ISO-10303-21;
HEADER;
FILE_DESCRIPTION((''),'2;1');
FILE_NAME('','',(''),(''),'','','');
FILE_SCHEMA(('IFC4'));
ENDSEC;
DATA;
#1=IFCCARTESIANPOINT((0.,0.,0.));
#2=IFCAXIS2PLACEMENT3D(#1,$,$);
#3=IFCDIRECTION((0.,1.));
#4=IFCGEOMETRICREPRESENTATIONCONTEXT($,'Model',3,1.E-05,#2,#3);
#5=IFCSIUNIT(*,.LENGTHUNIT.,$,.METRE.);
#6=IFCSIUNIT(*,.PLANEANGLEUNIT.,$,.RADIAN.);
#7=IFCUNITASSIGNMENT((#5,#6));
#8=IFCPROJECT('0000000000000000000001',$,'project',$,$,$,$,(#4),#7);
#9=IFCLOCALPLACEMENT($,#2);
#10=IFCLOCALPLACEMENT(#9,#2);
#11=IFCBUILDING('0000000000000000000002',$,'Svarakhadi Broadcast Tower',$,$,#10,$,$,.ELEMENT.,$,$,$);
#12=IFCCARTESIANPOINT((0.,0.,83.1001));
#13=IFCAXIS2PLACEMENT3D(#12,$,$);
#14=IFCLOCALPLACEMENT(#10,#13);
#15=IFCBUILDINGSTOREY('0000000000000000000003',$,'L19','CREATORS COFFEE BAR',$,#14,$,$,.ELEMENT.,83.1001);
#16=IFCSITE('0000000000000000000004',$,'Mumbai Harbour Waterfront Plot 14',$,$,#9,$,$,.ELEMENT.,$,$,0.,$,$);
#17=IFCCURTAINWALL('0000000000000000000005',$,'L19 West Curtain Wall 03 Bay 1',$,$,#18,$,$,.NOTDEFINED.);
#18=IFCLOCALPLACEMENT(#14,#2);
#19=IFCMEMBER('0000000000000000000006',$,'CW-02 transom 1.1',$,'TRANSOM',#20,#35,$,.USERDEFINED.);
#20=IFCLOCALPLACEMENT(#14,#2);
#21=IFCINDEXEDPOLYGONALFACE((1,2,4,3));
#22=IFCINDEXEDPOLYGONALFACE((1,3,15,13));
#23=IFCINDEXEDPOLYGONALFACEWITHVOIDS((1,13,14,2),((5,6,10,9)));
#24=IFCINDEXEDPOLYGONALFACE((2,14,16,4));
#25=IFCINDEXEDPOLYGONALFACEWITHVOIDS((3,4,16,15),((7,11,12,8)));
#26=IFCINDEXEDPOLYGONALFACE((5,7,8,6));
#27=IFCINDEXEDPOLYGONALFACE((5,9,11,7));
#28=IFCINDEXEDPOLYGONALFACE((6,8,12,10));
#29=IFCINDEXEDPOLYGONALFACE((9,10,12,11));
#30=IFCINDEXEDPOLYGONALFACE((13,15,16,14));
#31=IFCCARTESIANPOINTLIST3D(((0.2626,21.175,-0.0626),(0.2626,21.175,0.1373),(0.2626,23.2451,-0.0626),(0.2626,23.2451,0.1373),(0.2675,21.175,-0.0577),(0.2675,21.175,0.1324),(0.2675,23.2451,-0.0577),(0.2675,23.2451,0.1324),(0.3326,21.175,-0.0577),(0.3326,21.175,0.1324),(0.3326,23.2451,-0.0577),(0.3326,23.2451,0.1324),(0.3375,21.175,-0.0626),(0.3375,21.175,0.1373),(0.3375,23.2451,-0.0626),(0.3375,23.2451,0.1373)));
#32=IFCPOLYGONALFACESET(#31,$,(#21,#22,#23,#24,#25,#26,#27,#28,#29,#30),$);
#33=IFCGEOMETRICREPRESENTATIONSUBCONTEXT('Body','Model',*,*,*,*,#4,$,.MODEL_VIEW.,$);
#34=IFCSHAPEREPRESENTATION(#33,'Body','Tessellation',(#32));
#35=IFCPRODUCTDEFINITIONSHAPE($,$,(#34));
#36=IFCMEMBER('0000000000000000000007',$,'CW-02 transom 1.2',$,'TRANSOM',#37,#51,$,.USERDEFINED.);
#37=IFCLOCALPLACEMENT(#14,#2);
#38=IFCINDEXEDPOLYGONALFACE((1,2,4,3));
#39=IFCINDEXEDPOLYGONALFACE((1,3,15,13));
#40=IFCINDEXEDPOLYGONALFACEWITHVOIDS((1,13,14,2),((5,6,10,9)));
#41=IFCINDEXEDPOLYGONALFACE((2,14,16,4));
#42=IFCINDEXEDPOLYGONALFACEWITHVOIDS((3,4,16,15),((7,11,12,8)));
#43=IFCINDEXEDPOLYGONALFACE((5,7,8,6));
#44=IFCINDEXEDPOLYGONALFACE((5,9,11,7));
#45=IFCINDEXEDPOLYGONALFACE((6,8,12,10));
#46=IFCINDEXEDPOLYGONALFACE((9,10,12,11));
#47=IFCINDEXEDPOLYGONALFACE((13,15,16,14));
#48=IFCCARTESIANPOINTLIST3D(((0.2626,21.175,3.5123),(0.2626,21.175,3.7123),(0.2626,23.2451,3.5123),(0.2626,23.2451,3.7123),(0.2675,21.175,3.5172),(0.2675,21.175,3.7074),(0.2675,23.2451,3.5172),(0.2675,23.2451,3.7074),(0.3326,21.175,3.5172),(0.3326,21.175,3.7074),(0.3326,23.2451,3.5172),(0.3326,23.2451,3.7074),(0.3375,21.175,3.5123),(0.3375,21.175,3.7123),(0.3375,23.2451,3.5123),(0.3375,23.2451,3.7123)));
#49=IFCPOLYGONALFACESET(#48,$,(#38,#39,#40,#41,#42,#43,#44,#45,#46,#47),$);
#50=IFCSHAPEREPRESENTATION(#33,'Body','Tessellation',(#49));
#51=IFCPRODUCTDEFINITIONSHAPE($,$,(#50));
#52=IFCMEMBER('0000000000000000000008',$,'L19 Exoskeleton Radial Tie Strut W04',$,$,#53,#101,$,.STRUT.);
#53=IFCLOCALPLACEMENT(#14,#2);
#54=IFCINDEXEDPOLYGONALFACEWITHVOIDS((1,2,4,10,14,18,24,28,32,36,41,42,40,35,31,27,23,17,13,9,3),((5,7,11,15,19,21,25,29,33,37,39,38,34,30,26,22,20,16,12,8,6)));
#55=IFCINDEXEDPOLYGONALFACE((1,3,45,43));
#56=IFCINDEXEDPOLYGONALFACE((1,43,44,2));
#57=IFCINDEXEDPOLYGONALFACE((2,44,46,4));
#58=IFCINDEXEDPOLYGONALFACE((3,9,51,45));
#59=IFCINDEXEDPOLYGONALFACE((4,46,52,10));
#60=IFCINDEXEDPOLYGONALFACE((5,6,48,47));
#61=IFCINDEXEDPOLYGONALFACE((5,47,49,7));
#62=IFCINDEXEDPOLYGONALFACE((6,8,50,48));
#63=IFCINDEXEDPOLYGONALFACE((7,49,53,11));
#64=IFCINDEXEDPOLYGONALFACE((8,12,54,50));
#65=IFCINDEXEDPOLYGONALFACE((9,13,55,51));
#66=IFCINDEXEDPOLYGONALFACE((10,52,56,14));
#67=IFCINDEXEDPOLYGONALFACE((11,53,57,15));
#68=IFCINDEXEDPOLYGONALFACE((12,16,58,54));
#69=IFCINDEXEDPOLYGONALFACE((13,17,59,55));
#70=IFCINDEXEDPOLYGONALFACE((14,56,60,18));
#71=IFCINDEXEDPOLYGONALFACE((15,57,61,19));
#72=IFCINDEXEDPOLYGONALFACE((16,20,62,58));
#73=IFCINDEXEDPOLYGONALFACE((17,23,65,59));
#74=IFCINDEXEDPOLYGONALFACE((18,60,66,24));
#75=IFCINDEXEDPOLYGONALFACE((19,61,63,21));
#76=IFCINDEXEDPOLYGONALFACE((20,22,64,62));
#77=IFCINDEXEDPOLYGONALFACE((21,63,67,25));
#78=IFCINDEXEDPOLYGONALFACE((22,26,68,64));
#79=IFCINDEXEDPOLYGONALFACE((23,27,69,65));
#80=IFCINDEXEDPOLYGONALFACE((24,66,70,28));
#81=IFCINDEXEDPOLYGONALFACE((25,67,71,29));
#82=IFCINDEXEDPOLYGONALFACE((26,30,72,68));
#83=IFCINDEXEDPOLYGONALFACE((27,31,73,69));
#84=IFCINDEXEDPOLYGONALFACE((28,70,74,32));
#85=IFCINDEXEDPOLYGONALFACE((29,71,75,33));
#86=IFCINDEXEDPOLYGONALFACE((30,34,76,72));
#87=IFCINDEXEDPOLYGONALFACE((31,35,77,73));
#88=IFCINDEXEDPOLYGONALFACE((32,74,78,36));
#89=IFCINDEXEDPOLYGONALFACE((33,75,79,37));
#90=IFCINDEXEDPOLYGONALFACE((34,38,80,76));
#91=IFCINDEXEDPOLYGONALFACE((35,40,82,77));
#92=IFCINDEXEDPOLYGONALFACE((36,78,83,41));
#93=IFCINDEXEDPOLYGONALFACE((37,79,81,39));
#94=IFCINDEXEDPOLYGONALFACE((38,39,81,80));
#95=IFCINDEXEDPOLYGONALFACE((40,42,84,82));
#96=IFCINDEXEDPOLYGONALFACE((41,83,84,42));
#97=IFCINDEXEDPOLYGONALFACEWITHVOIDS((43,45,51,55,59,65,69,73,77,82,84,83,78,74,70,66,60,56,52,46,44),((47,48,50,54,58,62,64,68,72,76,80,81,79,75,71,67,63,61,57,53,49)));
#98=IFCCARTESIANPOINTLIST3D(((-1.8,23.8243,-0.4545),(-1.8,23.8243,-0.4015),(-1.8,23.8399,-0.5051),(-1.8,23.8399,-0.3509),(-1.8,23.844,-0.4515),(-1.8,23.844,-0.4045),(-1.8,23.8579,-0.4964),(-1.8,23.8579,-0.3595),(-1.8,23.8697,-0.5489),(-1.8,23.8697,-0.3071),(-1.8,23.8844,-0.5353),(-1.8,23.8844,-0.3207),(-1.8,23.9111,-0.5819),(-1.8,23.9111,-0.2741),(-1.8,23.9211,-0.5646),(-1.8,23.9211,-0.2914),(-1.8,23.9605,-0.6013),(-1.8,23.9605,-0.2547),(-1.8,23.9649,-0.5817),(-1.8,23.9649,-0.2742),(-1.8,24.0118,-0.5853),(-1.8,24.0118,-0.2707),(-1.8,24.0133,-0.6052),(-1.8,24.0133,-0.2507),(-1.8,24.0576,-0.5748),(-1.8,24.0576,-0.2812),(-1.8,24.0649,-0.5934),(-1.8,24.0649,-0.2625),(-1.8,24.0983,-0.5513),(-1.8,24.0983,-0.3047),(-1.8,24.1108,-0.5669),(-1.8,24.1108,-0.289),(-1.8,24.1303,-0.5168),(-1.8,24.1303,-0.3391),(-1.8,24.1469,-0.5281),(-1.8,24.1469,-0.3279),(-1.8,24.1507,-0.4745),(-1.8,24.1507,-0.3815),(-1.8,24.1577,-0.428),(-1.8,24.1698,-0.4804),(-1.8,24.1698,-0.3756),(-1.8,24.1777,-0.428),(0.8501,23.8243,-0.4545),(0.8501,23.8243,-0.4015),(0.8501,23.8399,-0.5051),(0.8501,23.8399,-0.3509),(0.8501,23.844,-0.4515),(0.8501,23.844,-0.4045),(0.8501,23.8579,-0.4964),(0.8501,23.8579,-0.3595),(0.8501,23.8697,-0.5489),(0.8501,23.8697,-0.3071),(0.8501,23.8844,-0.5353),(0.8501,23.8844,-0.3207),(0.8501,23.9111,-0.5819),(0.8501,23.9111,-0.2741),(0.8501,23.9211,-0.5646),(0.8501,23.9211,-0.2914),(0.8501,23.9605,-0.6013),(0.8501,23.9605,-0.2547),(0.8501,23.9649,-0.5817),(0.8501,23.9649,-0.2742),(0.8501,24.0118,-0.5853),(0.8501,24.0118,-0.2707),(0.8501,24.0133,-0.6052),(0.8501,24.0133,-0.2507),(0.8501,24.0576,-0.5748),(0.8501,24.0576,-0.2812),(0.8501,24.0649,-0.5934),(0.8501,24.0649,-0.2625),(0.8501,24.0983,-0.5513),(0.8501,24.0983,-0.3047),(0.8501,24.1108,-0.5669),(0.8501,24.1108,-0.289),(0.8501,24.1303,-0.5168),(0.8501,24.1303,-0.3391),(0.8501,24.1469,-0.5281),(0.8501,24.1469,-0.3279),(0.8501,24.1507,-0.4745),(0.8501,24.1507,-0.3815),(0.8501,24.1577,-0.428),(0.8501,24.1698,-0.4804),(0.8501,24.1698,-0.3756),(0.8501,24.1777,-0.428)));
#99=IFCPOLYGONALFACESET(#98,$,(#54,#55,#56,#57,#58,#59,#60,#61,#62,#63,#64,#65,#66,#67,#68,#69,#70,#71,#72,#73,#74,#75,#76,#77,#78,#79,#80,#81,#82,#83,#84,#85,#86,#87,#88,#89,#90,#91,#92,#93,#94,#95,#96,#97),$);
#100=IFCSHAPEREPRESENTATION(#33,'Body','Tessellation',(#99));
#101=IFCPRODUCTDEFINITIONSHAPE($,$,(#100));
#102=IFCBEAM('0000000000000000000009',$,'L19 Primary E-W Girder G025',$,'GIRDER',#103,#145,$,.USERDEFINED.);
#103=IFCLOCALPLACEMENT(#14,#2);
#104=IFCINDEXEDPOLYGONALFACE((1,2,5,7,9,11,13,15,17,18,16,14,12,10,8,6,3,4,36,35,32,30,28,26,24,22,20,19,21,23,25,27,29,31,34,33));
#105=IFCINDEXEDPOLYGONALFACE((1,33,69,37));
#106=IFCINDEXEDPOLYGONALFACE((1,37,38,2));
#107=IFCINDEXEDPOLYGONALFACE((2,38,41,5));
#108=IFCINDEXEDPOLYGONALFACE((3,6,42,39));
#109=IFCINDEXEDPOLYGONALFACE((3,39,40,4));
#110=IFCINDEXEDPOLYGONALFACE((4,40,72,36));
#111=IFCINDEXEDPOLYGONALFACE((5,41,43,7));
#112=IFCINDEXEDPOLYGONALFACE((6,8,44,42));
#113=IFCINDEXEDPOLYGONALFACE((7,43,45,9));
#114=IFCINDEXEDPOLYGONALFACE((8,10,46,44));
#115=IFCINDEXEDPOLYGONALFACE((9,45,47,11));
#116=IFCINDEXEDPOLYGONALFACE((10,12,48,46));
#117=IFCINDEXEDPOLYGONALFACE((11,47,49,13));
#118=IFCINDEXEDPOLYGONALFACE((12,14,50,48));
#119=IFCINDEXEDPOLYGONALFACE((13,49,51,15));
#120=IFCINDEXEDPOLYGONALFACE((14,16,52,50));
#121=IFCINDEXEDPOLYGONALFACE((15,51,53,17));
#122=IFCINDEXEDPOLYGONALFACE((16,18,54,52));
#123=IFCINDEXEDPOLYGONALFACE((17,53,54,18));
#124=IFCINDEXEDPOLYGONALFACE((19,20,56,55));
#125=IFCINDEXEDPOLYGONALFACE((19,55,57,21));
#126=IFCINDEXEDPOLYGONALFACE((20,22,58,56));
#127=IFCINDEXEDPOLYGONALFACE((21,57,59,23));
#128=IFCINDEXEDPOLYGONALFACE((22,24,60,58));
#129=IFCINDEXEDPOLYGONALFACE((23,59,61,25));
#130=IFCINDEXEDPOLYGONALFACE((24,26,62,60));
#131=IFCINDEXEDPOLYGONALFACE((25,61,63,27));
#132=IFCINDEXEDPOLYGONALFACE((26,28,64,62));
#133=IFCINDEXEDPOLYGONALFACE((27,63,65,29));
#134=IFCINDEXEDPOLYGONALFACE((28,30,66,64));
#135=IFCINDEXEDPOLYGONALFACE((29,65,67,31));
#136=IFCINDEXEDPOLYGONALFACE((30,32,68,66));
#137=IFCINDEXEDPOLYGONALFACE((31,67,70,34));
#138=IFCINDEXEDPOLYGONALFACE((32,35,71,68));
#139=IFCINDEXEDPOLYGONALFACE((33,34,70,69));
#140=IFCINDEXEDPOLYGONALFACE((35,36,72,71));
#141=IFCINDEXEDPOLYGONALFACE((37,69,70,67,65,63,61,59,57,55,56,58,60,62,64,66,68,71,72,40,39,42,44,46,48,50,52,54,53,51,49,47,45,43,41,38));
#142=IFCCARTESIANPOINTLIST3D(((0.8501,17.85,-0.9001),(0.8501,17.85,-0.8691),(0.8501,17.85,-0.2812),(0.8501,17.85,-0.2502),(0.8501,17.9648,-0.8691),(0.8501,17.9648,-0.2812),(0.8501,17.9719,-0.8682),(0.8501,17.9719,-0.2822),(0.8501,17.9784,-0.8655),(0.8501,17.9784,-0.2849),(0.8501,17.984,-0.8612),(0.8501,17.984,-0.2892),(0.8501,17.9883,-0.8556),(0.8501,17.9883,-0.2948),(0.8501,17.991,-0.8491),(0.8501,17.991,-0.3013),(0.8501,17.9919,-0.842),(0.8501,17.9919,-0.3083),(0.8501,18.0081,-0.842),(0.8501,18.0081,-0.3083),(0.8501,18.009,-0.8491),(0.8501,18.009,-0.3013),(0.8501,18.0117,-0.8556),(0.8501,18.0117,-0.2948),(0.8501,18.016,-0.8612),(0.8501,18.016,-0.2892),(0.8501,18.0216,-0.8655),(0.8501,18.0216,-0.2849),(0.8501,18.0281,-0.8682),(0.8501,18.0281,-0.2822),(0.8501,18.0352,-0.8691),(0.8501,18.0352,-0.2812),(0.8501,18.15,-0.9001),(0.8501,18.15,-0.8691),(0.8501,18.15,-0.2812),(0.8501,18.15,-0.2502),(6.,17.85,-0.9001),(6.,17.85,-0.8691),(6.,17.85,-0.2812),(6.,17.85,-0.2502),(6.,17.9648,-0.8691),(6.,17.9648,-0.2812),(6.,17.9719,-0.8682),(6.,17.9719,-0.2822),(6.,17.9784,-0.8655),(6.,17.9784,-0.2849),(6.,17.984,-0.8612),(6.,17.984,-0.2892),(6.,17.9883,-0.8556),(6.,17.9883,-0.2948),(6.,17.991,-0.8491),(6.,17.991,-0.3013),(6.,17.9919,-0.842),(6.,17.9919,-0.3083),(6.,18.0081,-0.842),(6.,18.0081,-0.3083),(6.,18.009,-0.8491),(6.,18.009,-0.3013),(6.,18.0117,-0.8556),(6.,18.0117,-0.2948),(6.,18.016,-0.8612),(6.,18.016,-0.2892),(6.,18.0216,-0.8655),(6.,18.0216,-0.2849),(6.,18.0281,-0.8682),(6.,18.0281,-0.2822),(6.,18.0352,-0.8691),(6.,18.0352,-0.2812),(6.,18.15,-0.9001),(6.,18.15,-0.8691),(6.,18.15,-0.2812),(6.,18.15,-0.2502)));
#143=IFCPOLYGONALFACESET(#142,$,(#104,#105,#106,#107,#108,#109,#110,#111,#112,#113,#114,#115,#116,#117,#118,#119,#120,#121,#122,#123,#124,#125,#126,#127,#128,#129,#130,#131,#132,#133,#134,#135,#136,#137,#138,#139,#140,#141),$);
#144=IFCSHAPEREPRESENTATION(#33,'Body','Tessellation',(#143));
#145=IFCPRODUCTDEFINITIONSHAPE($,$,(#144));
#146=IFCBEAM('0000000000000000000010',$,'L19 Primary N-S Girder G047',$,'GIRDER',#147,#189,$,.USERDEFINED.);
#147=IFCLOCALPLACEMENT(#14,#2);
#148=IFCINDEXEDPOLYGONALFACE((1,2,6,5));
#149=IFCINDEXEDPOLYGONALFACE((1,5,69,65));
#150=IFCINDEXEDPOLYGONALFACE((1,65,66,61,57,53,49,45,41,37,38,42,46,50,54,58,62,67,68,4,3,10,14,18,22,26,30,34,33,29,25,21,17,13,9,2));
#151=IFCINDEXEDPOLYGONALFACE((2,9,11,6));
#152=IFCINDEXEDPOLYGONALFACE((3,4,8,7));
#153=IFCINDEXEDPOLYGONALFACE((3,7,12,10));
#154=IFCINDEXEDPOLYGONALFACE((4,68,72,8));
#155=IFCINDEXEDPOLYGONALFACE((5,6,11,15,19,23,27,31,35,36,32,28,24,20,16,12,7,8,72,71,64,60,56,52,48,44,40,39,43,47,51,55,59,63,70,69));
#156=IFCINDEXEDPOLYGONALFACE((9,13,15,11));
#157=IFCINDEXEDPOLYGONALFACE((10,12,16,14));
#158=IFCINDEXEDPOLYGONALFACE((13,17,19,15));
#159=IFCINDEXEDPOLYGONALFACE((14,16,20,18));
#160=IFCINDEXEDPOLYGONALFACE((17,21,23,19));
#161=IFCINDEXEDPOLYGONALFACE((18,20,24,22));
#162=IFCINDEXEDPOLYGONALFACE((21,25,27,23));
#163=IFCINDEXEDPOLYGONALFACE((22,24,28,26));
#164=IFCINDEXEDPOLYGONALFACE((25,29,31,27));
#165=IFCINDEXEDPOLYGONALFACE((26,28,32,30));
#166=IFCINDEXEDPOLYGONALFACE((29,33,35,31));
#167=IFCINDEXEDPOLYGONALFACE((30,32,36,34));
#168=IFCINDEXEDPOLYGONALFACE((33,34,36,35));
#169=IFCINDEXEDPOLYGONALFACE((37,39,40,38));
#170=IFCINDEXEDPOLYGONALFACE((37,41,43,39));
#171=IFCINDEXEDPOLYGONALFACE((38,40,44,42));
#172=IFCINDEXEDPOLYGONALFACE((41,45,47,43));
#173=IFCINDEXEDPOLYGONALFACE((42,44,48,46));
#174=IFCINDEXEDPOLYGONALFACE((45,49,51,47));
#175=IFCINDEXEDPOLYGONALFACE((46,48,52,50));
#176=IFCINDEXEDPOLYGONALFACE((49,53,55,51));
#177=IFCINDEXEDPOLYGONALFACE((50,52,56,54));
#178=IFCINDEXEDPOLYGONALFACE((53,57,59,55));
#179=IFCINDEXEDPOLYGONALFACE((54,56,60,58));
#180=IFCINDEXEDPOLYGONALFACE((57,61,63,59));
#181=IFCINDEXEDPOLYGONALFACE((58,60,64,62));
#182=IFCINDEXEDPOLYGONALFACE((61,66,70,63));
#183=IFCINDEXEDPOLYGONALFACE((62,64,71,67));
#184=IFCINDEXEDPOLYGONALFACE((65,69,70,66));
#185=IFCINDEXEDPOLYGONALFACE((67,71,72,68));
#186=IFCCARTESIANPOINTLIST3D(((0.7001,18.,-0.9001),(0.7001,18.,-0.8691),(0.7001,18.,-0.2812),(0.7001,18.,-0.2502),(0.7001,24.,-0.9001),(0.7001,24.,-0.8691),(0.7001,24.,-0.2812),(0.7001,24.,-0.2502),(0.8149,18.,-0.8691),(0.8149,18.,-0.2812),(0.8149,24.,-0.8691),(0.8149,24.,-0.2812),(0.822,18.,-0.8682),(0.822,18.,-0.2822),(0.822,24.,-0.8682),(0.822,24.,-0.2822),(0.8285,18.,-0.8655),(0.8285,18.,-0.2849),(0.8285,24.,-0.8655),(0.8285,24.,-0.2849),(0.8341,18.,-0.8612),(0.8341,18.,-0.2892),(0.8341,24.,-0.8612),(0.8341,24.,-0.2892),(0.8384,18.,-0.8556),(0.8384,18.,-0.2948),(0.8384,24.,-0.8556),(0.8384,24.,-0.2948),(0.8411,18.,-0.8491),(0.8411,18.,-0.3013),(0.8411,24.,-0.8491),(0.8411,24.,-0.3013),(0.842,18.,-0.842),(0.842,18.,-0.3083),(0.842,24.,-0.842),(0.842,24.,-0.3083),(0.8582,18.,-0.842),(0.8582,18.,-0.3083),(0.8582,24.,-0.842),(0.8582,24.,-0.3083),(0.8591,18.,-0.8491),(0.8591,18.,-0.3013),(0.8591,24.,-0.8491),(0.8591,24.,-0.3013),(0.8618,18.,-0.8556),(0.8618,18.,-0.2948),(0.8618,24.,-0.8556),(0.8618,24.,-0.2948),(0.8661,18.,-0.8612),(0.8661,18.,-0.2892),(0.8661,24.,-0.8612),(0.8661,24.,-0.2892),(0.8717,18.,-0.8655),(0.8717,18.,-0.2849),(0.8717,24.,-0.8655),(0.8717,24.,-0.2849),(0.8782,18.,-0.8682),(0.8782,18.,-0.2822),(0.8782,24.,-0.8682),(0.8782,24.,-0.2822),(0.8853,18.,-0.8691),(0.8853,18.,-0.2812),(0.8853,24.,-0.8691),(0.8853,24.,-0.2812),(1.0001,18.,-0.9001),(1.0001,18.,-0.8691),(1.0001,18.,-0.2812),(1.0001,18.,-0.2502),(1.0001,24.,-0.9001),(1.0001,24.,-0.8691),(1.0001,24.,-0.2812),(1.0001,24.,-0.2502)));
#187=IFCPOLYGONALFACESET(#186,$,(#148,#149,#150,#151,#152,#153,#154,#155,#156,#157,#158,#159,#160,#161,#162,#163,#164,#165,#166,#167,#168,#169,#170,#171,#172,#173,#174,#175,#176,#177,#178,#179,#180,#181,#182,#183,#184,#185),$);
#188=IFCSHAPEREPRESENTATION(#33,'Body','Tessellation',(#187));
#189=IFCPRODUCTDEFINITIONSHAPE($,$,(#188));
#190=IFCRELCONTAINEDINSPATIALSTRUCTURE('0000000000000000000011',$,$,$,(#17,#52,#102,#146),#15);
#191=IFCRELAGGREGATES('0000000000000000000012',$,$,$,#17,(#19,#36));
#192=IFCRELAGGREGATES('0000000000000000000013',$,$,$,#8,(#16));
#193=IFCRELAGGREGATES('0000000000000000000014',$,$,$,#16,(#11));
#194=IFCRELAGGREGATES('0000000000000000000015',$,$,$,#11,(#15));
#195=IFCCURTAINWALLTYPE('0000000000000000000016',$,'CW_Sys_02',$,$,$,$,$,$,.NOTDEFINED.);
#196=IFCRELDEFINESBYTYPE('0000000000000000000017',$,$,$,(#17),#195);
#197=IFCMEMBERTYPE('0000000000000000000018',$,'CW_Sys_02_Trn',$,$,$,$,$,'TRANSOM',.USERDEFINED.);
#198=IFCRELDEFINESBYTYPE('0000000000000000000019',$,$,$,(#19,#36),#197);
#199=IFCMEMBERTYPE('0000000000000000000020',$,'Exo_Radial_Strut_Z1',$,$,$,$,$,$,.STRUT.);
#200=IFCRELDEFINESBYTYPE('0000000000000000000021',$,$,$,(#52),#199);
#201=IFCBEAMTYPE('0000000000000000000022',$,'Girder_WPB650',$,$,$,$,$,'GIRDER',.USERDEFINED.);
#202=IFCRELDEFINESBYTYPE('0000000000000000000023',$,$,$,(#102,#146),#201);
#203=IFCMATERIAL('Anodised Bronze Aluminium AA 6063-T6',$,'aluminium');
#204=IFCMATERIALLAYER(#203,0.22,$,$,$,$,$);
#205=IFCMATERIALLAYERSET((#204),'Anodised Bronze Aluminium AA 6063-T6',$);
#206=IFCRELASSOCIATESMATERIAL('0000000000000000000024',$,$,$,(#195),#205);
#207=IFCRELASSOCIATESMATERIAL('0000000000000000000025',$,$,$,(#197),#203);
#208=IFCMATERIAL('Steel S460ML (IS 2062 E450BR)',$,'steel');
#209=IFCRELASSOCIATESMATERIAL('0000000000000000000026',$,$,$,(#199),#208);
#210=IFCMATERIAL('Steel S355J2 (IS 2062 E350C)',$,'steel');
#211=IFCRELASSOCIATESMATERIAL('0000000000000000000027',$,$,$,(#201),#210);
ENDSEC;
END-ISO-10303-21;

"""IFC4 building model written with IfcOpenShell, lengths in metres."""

from ifc_helpers import new_model, si_unit, direction, frame, origin, origin_2d, place, context, subcontext, project, spatial, hollow_rectangle, hollow_circle, i_section, extrude, material, layer, layer_set, material_profile, profile_set, type_object, element, aggregate, save


model = new_model("IFC4")

# Units and contexts
model_context = context("Model", 3, precision=1e-05, world=origin(), true_north=direction((0.0, 1.0)))
body_context = subcontext(model_context, "Body", "Model", "MODEL_VIEW")
ifc_project = project(units=[si_unit("LENGTHUNIT", "METRE"), si_unit("PLANEANGLEUNIT", "RADIAN")], contexts=[model_context])

# Site, building, storey
site_placement = place(None, origin())
site = spatial("IfcSite", under=ifc_project, at=site_placement, Name="Mumbai Harbour Waterfront Plot 14", CompositionType="ELEMENT", RefElevation=0.0)
building_placement = place(site_placement, origin())
building = spatial("IfcBuilding", under=site, at=building_placement, Name="Svarakhadi Broadcast Tower", CompositionType="ELEMENT")
storey_placement = place(building_placement, frame((0.0, 0.0, 83.1001)))
storey = spatial("IfcBuildingStorey", under=building, at=storey_placement, Name="L19", Description="CREATORS COFFEE BAR", CompositionType="ELEMENT", Elevation=83.1001)

# Shared definitions
ifc_material_1 = material(Name="Steel S460ML (IS 2062 E450BR)", Category="steel")

# Shared definitions
ifc_material_2 = material(Name="Steel S355J2 (IS 2062 E350C)", Category="steel")

# Curtain wall, members
ifc_material_3 = material(Name="Anodised Bronze Aluminium AA 6063-T6", Category="aluminium")
ifc_layer_1 = layer(ifc_material_3, 0.22)
ifc_layer_set_1 = layer_set([ifc_layer_1], Name="Anodised Bronze Aluminium AA 6063-T6")
curtain_wall_type = type_object("IfcCurtainWallType", Name="CW_Sys_02", PredefinedType="NOTDEFINED", material=ifc_layer_set_1)
curtain_wall_placement = place(storey_placement, origin())
curtain_wall = element("IfcCurtainWall", 1, at=curtain_wall_placement, inside=storey, type_object=curtain_wall_type, Name="L19 West Curtain Wall 03 Bay 1", PredefinedType="NOTDEFINED")
ifc_material_profile_1 = material_profile(ifc_material_3, hollow_rectangle(XDim=0.075, YDim=0.2, WallThickness=0.0049, at=origin_2d()), Name="ALU TRANSOM 200x75x5")
ifc_profile_set_1 = profile_set([ifc_material_profile_1], Name="Anodised Bronze Aluminium AA 6063-T6")
member_type_1 = type_object("IfcMemberType", Name="CW_Sys_02_Trn", ElementType="TRANSOM", PredefinedType="USERDEFINED", material=ifc_profile_set_1)
member_1_placement = place(storey_placement, frame((0.3, 21.175, 0.0374), z_axis=(0.0, 1.0, 0.0), x_axis=(-1.0, 0.0, 0.0)))
member_1 = element("IfcMember", 2, at=member_1_placement, type_object=member_type_1, Name="CW-02 transom 1.1", ObjectType="TRANSOM", PredefinedType="USERDEFINED", context=body_context, shape_type="SweptSolid", body=[
    extrude(hollow_rectangle(XDim=0.075, YDim=0.2, WallThickness=0.0049, at=origin_2d()), origin(), (0.0, 0.0, 1.0), 2.0701),
])
member_2_placement = place(storey_placement, frame((0.3, 21.175, 3.6123), z_axis=(0.0, 1.0, 0.0), x_axis=(-1.0, 0.0, 0.0)))
member_2 = element("IfcMember", 3, at=member_2_placement, type_object=member_type_1, Name="CW-02 transom 1.2", ObjectType="TRANSOM", PredefinedType="USERDEFINED", context=body_context, shape_type="SweptSolid", body=[
    extrude(hollow_rectangle(XDim=0.075, YDim=0.2, WallThickness=0.0049, at=origin_2d()), origin(), (0.0, 0.0, 1.0), 2.0701),
])

# Member
ifc_material_profile_2 = material_profile(ifc_material_1, hollow_circle(Radius=0.1777, WallThickness=0.02, at=origin_2d()), Name="CHS 355.6x20")
ifc_profile_set_2 = profile_set([ifc_material_profile_2], Name="Steel S460ML (IS 2062 E450BR)")
member_type_2 = type_object("IfcMemberType", Name="Exo_Radial_Strut_Z1", PredefinedType="STRUT", material=ifc_profile_set_2)
member_3_placement = place(storey_placement, frame((-1.8, 24.0, -0.428), z_axis=(1.0, 0.0, 0.0), x_axis=(0.0, 1.0, 0.0)))
element("IfcMember", 4, at=member_3_placement, inside=storey, type_object=member_type_2, Name="L19 Exoskeleton Radial Tie Strut W04", PredefinedType="STRUT", context=body_context, shape_type="SweptSolid", body=[
    extrude(hollow_circle(Radius=0.1777, WallThickness=0.02, at=origin_2d()), origin(), (0.0, 0.0, 1.0), 2.6501),
])

# Beams
ifc_material_profile_3 = material_profile(ifc_material_2, i_section(OverallWidth=0.3, OverallDepth=0.6499, WebThickness=0.0161, FlangeThickness=0.031, FilletRadius=0.0271, at=origin_2d()), Name="WPB 650x300x225")
ifc_profile_set_3 = profile_set([ifc_material_profile_3], Name="Steel S355J2 (IS 2062 E350C)")
beam_type_1 = type_object("IfcBeamType", Name="Girder_WPB650", ElementType="GIRDER", PredefinedType="USERDEFINED", material=ifc_profile_set_3)
beam_1_placement = place(storey_placement, frame((0.8501, 18.0, -0.5752), z_axis=(1.0, 0.0, 0.0), x_axis=(0.0, 1.0, 0.0)))
element("IfcBeam", 5, at=beam_1_placement, inside=storey, type_object=beam_type_1, Name="L19 Primary E-W Girder G025", ObjectType="GIRDER", PredefinedType="USERDEFINED", context=body_context, shape_type="SweptSolid", body=[
    extrude(i_section(OverallWidth=0.3, OverallDepth=0.6499, WebThickness=0.0161, FlangeThickness=0.031, FilletRadius=0.0271, at=origin_2d()), origin(), (0.0, 0.0, 1.0), 5.1499),
])
beam_2_placement = place(storey_placement, frame((0.8501, 18.0, -0.5752), z_axis=(0.0, 1.0, 0.0), x_axis=(-1.0, 0.0, 0.0)))
element("IfcBeam", 6, at=beam_2_placement, inside=storey, type_object=beam_type_1, Name="L19 Primary N-S Girder G047", ObjectType="GIRDER", PredefinedType="USERDEFINED", context=body_context, shape_type="SweptSolid", body=[
    extrude(i_section(OverallWidth=0.3, OverallDepth=0.6499, WebThickness=0.0161, FlangeThickness=0.031, FilletRadius=0.0271, at=origin_2d()), origin(), (0.0, 0.0, 1.0), 6.0),
])

aggregate(curtain_wall, [member_1, member_2])

save(model, "model.ifc")
